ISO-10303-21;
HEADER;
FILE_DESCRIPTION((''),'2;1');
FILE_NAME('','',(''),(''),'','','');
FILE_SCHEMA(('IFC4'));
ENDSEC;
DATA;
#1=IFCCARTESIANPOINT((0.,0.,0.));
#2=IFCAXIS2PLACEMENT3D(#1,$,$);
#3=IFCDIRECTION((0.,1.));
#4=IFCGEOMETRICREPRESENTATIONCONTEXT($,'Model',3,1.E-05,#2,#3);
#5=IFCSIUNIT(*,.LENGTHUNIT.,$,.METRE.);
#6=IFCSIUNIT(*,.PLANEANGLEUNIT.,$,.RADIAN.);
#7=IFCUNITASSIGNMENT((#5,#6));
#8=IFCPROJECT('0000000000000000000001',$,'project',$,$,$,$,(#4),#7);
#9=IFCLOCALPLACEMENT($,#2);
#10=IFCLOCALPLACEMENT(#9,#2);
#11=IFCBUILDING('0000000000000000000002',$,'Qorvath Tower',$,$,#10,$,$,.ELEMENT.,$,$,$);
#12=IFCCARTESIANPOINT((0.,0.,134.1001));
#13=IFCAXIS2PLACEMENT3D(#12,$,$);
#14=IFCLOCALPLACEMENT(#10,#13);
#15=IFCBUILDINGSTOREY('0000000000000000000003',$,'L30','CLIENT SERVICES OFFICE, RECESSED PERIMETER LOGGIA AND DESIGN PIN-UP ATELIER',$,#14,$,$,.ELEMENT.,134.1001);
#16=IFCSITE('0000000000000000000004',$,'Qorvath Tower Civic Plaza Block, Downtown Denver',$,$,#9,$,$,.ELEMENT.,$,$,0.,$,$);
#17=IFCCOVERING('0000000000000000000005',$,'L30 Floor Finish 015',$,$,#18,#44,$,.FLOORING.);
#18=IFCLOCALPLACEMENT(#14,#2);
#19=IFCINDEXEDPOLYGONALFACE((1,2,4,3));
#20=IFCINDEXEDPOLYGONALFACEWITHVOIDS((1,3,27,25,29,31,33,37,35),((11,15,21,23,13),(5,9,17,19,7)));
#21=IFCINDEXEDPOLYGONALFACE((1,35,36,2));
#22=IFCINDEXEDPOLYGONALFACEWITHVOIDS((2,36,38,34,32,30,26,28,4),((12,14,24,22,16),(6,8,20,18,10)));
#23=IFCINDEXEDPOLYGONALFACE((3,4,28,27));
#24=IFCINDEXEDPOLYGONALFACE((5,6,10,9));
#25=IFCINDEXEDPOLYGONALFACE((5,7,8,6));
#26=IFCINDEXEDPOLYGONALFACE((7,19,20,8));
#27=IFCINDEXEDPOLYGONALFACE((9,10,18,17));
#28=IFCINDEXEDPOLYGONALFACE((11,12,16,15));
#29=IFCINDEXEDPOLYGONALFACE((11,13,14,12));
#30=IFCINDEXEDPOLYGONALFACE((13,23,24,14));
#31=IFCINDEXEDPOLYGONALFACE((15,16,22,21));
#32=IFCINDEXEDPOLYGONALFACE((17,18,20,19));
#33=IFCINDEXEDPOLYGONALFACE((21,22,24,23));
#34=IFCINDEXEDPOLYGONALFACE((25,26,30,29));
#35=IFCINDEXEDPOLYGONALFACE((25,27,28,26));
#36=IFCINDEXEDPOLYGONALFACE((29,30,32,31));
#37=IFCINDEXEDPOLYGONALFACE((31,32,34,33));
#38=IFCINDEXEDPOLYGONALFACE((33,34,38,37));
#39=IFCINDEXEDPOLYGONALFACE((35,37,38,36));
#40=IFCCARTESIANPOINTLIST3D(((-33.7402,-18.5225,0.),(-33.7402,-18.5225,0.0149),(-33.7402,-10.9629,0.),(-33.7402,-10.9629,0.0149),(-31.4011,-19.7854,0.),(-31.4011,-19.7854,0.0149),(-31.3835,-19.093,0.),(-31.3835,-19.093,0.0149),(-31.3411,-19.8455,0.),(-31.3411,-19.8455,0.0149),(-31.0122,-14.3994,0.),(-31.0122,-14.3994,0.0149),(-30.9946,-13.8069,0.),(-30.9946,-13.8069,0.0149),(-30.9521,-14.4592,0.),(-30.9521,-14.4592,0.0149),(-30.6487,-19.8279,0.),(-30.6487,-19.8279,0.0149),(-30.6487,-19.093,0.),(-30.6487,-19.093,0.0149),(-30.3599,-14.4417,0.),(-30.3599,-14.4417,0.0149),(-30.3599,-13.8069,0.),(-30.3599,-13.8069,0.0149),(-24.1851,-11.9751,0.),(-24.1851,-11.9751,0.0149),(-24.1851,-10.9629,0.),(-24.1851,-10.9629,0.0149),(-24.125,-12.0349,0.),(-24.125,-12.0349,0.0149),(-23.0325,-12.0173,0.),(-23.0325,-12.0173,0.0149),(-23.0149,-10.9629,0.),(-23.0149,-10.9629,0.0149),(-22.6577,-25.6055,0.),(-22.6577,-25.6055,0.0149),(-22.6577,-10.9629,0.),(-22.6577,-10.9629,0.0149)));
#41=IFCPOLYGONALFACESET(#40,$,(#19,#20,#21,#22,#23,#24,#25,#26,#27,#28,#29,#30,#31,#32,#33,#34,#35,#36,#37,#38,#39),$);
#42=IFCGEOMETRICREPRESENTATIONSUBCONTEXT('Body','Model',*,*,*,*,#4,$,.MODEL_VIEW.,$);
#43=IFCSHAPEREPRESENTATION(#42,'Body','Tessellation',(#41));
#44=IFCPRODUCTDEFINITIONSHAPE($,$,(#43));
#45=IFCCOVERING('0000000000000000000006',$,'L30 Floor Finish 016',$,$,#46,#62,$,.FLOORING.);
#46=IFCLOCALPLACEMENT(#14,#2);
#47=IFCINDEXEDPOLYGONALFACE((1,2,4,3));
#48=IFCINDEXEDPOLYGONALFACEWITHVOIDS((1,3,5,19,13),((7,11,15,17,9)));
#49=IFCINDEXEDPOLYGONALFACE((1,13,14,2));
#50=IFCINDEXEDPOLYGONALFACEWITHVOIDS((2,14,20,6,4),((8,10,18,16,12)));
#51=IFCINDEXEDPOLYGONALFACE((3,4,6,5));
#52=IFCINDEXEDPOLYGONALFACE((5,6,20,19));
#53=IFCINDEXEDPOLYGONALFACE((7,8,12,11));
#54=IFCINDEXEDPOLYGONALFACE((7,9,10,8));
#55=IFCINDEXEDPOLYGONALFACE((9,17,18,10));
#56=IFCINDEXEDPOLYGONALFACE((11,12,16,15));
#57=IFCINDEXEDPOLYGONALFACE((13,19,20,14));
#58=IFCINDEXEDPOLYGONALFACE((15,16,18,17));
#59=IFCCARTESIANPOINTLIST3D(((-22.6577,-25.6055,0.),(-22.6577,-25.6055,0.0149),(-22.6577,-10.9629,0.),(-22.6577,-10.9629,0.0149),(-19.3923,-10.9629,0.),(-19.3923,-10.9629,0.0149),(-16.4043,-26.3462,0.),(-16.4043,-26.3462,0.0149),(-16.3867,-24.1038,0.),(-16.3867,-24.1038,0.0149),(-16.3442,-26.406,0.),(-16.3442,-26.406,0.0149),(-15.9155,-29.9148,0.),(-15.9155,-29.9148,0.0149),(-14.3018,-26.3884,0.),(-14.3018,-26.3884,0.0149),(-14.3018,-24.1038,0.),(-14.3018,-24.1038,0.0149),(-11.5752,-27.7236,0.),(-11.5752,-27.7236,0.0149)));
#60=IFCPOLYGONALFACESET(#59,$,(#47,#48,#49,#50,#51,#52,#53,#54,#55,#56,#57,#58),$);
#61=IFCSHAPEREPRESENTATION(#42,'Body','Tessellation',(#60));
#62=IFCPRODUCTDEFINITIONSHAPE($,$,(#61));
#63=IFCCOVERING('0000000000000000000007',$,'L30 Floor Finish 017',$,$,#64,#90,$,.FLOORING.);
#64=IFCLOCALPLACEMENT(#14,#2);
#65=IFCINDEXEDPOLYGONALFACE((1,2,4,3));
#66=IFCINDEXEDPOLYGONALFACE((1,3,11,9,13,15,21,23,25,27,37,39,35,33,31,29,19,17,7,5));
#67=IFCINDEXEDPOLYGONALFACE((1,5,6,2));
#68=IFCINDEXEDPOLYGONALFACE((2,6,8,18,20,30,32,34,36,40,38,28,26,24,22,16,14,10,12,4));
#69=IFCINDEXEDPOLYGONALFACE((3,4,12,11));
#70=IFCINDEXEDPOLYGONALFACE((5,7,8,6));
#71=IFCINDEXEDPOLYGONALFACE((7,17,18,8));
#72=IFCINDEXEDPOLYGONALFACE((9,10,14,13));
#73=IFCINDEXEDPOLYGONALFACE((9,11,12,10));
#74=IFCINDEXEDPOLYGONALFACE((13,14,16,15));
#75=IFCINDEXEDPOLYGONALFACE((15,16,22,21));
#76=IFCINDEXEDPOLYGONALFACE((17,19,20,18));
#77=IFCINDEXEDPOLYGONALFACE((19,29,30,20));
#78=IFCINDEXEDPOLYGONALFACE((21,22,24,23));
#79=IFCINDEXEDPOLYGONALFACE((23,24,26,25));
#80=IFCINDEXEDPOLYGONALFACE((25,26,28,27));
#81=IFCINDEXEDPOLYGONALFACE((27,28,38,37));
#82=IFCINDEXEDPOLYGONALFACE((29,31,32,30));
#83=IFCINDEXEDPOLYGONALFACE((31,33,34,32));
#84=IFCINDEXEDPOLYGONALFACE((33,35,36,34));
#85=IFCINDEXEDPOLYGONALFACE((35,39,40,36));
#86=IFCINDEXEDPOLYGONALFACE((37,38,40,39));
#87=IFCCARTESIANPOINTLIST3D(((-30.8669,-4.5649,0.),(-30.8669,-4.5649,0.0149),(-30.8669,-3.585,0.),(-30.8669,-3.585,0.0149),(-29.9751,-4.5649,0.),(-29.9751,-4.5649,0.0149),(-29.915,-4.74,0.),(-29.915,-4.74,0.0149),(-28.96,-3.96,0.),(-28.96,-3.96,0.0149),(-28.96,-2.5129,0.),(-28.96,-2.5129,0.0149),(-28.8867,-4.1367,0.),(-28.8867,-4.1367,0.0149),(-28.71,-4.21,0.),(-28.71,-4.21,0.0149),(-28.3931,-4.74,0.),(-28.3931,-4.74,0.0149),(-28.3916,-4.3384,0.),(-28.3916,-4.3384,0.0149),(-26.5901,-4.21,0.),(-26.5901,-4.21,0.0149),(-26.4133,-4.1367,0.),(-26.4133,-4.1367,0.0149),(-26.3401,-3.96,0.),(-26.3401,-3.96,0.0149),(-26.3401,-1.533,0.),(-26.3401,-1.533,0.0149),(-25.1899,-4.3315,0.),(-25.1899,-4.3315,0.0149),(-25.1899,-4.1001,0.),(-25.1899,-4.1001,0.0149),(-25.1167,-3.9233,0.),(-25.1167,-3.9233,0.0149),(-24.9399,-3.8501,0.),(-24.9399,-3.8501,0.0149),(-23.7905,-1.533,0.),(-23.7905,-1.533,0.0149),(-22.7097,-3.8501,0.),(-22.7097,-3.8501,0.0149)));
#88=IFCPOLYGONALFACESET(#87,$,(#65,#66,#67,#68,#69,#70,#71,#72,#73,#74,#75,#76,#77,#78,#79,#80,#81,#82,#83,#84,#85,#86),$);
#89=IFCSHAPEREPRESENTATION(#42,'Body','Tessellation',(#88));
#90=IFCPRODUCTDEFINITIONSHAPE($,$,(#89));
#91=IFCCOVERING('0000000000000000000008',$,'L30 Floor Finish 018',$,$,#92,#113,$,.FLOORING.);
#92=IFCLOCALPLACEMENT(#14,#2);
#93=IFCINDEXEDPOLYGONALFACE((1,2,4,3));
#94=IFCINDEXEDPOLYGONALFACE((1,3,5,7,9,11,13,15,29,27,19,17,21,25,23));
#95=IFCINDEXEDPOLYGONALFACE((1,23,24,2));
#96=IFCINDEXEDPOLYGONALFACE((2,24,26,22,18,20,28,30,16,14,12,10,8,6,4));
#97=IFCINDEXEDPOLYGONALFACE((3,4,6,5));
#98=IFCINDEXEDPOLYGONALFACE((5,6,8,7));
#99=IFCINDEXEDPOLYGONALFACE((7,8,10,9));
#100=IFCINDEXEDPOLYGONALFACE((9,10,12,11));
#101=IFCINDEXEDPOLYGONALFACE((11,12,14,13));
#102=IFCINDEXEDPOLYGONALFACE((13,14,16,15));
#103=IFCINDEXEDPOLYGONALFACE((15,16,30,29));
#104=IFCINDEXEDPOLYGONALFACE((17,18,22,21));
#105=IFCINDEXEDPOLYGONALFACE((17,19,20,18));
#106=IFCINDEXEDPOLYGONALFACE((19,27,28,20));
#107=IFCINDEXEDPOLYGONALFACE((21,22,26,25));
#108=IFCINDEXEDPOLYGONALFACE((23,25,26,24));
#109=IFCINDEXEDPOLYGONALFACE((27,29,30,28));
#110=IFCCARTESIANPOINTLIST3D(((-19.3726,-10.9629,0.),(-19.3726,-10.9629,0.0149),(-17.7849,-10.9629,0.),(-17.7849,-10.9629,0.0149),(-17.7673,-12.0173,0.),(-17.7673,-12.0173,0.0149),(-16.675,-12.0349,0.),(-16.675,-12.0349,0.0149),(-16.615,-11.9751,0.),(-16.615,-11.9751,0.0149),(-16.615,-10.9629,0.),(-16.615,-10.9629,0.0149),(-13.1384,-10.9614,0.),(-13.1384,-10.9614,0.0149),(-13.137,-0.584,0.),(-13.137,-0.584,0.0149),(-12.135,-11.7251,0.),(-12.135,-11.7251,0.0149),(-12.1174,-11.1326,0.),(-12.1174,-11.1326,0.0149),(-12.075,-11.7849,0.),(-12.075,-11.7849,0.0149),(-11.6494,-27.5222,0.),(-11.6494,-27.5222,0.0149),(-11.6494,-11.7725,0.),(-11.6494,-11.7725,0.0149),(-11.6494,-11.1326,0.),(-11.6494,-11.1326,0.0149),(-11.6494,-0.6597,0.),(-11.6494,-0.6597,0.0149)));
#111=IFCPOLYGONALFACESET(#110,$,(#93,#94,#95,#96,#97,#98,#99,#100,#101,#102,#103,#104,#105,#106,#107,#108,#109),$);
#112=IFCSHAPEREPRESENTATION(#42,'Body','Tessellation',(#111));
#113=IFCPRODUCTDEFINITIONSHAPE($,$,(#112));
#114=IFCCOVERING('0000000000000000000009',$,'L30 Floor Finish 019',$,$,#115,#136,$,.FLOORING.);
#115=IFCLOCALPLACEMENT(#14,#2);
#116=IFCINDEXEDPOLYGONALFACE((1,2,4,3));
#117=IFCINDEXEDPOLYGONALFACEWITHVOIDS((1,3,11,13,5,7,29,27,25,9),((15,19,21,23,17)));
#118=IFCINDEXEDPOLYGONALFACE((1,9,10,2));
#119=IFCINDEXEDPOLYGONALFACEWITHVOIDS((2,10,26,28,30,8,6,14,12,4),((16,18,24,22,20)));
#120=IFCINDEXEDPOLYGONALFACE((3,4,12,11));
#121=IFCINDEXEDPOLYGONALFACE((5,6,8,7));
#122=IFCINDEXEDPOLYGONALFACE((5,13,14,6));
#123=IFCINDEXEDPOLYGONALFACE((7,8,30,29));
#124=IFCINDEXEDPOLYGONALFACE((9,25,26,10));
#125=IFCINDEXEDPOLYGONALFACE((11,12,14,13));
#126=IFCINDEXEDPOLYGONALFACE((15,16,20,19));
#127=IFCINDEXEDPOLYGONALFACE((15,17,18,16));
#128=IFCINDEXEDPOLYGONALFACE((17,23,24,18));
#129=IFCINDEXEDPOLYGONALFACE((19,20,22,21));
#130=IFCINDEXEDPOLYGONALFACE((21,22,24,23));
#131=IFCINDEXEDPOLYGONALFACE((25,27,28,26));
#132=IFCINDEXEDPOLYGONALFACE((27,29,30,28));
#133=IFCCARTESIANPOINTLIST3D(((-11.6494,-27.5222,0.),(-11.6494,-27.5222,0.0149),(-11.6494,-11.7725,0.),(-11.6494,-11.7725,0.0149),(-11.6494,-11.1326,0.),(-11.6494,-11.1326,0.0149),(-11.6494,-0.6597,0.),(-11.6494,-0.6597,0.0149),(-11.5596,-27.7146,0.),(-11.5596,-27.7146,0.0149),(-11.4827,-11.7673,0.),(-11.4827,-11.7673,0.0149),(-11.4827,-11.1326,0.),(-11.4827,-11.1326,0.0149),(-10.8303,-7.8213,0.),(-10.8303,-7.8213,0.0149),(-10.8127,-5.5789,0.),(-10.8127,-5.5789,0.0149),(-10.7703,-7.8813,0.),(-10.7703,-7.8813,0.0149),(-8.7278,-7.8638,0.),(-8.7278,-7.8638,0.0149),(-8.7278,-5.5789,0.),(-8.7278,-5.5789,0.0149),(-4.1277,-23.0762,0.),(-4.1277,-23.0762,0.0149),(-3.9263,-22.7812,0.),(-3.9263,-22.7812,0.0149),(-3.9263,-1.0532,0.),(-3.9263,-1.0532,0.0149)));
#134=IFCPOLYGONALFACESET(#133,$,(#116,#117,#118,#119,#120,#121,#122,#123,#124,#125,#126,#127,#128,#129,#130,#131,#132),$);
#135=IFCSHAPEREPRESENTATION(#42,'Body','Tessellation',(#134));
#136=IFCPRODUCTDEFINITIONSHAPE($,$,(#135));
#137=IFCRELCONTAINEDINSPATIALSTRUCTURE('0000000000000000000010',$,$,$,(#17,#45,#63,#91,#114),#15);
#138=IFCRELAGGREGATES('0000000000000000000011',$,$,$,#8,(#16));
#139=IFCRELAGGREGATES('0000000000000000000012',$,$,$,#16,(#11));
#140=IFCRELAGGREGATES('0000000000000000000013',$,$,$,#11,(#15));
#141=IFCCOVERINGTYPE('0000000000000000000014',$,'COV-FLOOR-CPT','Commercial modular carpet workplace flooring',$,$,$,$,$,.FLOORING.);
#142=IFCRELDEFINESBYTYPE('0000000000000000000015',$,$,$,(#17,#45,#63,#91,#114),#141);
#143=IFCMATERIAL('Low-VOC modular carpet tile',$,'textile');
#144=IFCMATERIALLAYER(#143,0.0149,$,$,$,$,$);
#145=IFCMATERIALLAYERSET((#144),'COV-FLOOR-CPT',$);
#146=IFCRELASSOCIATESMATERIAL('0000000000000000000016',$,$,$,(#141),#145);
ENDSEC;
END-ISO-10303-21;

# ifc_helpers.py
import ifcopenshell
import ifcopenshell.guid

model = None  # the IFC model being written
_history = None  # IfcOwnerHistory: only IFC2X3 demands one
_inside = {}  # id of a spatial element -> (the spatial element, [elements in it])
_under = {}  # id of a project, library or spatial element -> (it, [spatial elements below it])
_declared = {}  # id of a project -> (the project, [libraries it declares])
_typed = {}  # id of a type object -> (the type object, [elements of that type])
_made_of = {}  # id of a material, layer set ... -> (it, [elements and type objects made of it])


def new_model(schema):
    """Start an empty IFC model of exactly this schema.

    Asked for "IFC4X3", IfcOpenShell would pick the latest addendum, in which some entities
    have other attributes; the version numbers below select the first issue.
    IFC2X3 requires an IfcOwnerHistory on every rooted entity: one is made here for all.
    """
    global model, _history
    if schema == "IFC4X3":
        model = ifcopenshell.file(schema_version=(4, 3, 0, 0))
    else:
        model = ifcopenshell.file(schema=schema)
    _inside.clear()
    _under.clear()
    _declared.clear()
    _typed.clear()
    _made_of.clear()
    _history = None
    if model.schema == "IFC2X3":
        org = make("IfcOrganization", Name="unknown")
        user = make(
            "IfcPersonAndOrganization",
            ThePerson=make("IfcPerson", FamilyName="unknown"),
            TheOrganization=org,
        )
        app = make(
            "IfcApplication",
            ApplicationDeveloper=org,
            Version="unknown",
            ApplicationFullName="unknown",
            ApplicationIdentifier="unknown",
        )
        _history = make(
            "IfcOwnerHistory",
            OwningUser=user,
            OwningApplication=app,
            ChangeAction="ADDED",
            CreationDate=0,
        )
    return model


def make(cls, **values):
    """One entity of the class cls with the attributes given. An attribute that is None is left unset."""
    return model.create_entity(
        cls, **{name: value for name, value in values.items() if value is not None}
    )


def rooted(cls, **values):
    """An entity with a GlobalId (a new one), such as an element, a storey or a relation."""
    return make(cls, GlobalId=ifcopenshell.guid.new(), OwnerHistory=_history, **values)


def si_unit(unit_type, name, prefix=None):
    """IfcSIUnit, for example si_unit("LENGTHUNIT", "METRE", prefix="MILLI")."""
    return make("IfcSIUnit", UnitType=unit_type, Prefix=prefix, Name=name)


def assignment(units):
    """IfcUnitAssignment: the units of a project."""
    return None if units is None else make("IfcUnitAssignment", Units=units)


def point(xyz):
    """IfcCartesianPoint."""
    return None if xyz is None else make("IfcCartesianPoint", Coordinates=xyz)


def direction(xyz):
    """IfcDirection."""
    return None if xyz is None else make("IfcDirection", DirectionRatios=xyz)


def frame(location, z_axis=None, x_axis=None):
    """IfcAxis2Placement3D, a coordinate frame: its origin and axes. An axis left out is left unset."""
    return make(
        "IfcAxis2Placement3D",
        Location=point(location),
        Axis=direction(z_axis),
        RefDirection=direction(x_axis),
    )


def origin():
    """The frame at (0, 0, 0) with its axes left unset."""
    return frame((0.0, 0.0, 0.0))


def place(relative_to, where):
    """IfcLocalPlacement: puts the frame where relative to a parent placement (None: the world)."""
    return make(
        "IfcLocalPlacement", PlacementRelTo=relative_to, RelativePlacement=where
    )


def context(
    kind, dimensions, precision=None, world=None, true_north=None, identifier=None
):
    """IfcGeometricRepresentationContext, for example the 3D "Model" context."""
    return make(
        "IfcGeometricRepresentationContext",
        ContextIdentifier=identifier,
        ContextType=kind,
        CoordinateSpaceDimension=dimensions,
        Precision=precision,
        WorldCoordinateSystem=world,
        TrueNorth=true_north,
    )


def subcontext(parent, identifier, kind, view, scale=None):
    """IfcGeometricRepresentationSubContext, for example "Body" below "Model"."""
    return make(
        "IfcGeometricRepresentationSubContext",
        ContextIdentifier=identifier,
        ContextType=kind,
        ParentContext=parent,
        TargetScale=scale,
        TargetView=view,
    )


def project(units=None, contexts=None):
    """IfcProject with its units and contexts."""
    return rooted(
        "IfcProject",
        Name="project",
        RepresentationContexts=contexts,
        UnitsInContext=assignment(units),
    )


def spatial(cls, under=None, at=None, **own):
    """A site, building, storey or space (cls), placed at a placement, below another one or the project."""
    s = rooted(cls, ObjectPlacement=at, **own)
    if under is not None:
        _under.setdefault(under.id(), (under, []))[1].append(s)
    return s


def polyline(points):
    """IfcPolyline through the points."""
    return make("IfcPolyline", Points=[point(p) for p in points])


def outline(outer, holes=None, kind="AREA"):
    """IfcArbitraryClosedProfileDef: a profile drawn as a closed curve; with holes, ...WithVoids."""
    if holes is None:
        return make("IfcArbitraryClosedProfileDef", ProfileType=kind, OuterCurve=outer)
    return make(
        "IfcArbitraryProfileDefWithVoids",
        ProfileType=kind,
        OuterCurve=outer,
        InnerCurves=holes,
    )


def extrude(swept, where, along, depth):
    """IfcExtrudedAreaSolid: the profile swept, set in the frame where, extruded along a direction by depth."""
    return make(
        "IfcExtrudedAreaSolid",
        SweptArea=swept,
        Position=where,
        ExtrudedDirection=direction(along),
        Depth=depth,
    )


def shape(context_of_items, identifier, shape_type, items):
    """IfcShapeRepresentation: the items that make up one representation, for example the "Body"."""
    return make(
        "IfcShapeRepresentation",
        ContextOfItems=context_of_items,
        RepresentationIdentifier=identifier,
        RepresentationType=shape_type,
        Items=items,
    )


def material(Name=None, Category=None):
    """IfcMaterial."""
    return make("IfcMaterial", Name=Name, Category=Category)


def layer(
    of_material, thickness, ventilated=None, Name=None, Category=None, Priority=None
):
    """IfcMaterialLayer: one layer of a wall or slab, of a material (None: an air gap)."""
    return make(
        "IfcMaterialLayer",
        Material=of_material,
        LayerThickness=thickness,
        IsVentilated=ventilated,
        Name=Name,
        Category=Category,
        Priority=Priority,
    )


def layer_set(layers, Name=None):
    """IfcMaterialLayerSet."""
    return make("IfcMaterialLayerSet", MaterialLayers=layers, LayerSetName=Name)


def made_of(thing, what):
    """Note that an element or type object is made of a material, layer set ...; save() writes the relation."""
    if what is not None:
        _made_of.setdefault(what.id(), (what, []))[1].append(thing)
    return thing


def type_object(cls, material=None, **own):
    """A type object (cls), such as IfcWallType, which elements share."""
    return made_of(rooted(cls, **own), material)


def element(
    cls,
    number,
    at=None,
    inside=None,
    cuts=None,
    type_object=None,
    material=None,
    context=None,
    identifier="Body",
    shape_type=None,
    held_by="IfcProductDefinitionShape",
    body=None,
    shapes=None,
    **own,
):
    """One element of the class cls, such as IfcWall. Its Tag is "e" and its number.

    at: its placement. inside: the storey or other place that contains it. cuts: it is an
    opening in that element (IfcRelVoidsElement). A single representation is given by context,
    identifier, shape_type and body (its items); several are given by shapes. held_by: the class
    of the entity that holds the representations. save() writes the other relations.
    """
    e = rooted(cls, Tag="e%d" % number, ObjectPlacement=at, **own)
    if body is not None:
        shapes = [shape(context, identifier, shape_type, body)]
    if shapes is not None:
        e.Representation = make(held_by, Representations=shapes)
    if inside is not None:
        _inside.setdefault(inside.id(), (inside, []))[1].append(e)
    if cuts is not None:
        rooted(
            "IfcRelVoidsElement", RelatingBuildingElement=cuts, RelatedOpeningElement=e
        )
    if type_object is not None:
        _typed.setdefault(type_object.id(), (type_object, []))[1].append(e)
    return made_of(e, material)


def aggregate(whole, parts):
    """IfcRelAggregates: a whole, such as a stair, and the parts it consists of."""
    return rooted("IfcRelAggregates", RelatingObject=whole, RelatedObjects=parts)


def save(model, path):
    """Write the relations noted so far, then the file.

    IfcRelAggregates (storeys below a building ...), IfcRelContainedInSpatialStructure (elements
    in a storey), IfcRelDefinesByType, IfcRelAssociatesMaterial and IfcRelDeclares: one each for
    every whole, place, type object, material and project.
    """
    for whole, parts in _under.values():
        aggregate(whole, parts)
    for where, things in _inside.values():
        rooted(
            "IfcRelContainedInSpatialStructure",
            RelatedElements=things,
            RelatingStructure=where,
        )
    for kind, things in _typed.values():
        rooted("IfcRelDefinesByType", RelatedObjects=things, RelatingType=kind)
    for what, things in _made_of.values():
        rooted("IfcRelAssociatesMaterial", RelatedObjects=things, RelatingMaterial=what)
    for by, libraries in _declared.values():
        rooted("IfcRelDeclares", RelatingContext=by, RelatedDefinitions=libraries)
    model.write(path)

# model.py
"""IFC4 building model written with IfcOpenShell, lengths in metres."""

from ifc_helpers import new_model, si_unit, direction, frame, origin, place, context, subcontext, project, spatial, polyline, outline, extrude, material, layer, layer_set, type_object, element, save


model = new_model("IFC4")

# Units and contexts
model_context = context("Model", 3, precision=1e-05, world=origin(), true_north=direction((0.0, 1.0)))
body_context = subcontext(model_context, "Body", "Model", "MODEL_VIEW")
ifc_project = project(units=[si_unit("LENGTHUNIT", "METRE"), si_unit("PLANEANGLEUNIT", "RADIAN")], contexts=[model_context])

# Site, building, storey
site_placement = place(None, origin())
site = spatial("IfcSite", under=ifc_project, at=site_placement, Name="Qorvath Tower Civic Plaza Block, Downtown Denver", CompositionType="ELEMENT", RefElevation=0.0)
building_placement = place(site_placement, origin())
building = spatial("IfcBuilding", under=site, at=building_placement, Name="Qorvath Tower", CompositionType="ELEMENT")
storey_placement = place(building_placement, frame((0.0, 0.0, 134.1001)))
storey = spatial("IfcBuildingStorey", under=building, at=storey_placement, Name="L30", Description="CLIENT SERVICES OFFICE, RECESSED PERIMETER LOGGIA AND DESIGN PIN-UP ATELIER", CompositionType="ELEMENT", Elevation=134.1001)

# Coverings
ifc_material_1 = material(Name="Low-VOC modular carpet tile", Category="textile")
ifc_layer_1 = layer(ifc_material_1, 0.0149)
ifc_layer_set_1 = layer_set([ifc_layer_1], Name="COV-FLOOR-CPT")
covering_type_1 = type_object("IfcCoveringType", Name="COV-FLOOR-CPT", Description="Commercial modular carpet workplace flooring", PredefinedType="FLOORING", material=ifc_layer_set_1)
covering_1_placement = place(storey_placement, origin())
element("IfcCovering", 1, at=covering_1_placement, inside=storey, type_object=covering_type_1, Name="L30 Floor Finish 015", PredefinedType="FLOORING", context=body_context, shape_type="SweptSolid", body=[
    extrude(outline(polyline([(-22.6577, -25.6055), (-22.6577, -10.9629), (-23.0149, -10.9629), (-23.0325, -12.0173), (-24.125, -12.0349), (-24.1851, -11.9751), (-24.1851, -10.9629), (-33.7402, -10.9629), (-33.7402, -18.5225), (-22.6577, -25.6055)]), holes=[polyline([(-31.0122, -14.3994), (-30.9946, -13.8069), (-30.3599, -13.8069), (-30.3599, -14.4417), (-30.9521, -14.4592), (-31.0122, -14.3994)]), polyline([(-31.4011, -19.7854), (-31.3835, -19.093), (-30.6487, -19.093), (-30.6487, -19.8279), (-31.3411, -19.8455), (-31.4011, -19.7854)])]), origin(), (0.0, 0.0, 1.0), 0.0149),
])
covering_2_placement = place(storey_placement, origin())
element("IfcCovering", 2, at=covering_2_placement, inside=storey, type_object=covering_type_1, Name="L30 Floor Finish 016", PredefinedType="FLOORING", context=body_context, shape_type="SweptSolid", body=[
    extrude(outline(polyline([(-11.5752, -27.7236), (-19.3923, -10.9629), (-22.6577, -10.9629), (-22.6577, -25.6055), (-15.9155, -29.9148), (-11.5752, -27.7236)]), holes=[polyline([(-16.4043, -26.3462), (-16.3867, -24.1038), (-14.3018, -24.1038), (-14.3018, -26.3884), (-16.3442, -26.406), (-16.4043, -26.3462)])]), origin(), (0.0, 0.0, 1.0), 0.0149),
])
covering_3_placement = place(storey_placement, origin())
element("IfcCovering", 3, at=covering_3_placement, inside=storey, type_object=covering_type_1, Name="L30 Floor Finish 017", PredefinedType="FLOORING", context=body_context, shape_type="SweptSolid", body=[
    extrude(outline(polyline([(-25.1899, -4.3315), (-25.1899, -4.1001), (-25.1167, -3.9233), (-24.9399, -3.8501), (-22.7097, -3.8501), (-23.7905, -1.533), (-26.3401, -1.533), (-26.3401, -3.96), (-26.4133, -4.1367), (-26.5901, -4.21), (-28.71, -4.21), (-28.8867, -4.1367), (-28.96, -3.96), (-28.96, -2.5129), (-30.8669, -3.585), (-30.8669, -4.5649), (-29.9751, -4.5649), (-29.915, -4.74), (-28.3931, -4.74), (-28.3916, -4.3384), (-25.1899, -4.3315)])), origin(), (0.0, 0.0, 1.0), 0.0149),
])
covering_4_placement = place(storey_placement, origin())
element("IfcCovering", 4, at=covering_4_placement, inside=storey, type_object=covering_type_1, Name="L30 Floor Finish 018", PredefinedType="FLOORING", context=body_context, shape_type="SweptSolid", body=[
    extrude(outline(polyline([(-13.1384, -10.9614), (-16.615, -10.9629), (-16.615, -11.9751), (-16.675, -12.0349), (-17.7673, -12.0173), (-17.7849, -10.9629), (-19.3726, -10.9629), (-11.6494, -27.5222), (-11.6494, -11.7725), (-12.075, -11.7849), (-12.135, -11.7251), (-12.1174, -11.1326), (-11.6494, -11.1326), (-11.6494, -0.6597), (-13.137, -0.584), (-13.1384, -10.9614)])), origin(), (0.0, 0.0, 1.0), 0.0149),
])
covering_5_placement = place(storey_placement, origin())
element("IfcCovering", 5, at=covering_5_placement, inside=storey, type_object=covering_type_1, Name="L30 Floor Finish 019", PredefinedType="FLOORING", context=body_context, shape_type="SweptSolid", body=[
    extrude(outline(polyline([(-11.6494, -0.6597), (-11.6494, -11.1326), (-11.4827, -11.1326), (-11.4827, -11.7673), (-11.6494, -11.7725), (-11.6494, -27.5222), (-11.5596, -27.7146), (-4.1277, -23.0762), (-3.9263, -22.7812), (-3.9263, -1.0532), (-11.6494, -0.6597)]), holes=[polyline([(-10.8303, -7.8213), (-10.8127, -5.5789), (-8.7278, -5.5789), (-8.7278, -7.8638), (-10.7703, -7.8813), (-10.8303, -7.8213)])]), origin(), (0.0, 0.0, 1.0), 0.0149),
])

save(model, "model.ifc")
